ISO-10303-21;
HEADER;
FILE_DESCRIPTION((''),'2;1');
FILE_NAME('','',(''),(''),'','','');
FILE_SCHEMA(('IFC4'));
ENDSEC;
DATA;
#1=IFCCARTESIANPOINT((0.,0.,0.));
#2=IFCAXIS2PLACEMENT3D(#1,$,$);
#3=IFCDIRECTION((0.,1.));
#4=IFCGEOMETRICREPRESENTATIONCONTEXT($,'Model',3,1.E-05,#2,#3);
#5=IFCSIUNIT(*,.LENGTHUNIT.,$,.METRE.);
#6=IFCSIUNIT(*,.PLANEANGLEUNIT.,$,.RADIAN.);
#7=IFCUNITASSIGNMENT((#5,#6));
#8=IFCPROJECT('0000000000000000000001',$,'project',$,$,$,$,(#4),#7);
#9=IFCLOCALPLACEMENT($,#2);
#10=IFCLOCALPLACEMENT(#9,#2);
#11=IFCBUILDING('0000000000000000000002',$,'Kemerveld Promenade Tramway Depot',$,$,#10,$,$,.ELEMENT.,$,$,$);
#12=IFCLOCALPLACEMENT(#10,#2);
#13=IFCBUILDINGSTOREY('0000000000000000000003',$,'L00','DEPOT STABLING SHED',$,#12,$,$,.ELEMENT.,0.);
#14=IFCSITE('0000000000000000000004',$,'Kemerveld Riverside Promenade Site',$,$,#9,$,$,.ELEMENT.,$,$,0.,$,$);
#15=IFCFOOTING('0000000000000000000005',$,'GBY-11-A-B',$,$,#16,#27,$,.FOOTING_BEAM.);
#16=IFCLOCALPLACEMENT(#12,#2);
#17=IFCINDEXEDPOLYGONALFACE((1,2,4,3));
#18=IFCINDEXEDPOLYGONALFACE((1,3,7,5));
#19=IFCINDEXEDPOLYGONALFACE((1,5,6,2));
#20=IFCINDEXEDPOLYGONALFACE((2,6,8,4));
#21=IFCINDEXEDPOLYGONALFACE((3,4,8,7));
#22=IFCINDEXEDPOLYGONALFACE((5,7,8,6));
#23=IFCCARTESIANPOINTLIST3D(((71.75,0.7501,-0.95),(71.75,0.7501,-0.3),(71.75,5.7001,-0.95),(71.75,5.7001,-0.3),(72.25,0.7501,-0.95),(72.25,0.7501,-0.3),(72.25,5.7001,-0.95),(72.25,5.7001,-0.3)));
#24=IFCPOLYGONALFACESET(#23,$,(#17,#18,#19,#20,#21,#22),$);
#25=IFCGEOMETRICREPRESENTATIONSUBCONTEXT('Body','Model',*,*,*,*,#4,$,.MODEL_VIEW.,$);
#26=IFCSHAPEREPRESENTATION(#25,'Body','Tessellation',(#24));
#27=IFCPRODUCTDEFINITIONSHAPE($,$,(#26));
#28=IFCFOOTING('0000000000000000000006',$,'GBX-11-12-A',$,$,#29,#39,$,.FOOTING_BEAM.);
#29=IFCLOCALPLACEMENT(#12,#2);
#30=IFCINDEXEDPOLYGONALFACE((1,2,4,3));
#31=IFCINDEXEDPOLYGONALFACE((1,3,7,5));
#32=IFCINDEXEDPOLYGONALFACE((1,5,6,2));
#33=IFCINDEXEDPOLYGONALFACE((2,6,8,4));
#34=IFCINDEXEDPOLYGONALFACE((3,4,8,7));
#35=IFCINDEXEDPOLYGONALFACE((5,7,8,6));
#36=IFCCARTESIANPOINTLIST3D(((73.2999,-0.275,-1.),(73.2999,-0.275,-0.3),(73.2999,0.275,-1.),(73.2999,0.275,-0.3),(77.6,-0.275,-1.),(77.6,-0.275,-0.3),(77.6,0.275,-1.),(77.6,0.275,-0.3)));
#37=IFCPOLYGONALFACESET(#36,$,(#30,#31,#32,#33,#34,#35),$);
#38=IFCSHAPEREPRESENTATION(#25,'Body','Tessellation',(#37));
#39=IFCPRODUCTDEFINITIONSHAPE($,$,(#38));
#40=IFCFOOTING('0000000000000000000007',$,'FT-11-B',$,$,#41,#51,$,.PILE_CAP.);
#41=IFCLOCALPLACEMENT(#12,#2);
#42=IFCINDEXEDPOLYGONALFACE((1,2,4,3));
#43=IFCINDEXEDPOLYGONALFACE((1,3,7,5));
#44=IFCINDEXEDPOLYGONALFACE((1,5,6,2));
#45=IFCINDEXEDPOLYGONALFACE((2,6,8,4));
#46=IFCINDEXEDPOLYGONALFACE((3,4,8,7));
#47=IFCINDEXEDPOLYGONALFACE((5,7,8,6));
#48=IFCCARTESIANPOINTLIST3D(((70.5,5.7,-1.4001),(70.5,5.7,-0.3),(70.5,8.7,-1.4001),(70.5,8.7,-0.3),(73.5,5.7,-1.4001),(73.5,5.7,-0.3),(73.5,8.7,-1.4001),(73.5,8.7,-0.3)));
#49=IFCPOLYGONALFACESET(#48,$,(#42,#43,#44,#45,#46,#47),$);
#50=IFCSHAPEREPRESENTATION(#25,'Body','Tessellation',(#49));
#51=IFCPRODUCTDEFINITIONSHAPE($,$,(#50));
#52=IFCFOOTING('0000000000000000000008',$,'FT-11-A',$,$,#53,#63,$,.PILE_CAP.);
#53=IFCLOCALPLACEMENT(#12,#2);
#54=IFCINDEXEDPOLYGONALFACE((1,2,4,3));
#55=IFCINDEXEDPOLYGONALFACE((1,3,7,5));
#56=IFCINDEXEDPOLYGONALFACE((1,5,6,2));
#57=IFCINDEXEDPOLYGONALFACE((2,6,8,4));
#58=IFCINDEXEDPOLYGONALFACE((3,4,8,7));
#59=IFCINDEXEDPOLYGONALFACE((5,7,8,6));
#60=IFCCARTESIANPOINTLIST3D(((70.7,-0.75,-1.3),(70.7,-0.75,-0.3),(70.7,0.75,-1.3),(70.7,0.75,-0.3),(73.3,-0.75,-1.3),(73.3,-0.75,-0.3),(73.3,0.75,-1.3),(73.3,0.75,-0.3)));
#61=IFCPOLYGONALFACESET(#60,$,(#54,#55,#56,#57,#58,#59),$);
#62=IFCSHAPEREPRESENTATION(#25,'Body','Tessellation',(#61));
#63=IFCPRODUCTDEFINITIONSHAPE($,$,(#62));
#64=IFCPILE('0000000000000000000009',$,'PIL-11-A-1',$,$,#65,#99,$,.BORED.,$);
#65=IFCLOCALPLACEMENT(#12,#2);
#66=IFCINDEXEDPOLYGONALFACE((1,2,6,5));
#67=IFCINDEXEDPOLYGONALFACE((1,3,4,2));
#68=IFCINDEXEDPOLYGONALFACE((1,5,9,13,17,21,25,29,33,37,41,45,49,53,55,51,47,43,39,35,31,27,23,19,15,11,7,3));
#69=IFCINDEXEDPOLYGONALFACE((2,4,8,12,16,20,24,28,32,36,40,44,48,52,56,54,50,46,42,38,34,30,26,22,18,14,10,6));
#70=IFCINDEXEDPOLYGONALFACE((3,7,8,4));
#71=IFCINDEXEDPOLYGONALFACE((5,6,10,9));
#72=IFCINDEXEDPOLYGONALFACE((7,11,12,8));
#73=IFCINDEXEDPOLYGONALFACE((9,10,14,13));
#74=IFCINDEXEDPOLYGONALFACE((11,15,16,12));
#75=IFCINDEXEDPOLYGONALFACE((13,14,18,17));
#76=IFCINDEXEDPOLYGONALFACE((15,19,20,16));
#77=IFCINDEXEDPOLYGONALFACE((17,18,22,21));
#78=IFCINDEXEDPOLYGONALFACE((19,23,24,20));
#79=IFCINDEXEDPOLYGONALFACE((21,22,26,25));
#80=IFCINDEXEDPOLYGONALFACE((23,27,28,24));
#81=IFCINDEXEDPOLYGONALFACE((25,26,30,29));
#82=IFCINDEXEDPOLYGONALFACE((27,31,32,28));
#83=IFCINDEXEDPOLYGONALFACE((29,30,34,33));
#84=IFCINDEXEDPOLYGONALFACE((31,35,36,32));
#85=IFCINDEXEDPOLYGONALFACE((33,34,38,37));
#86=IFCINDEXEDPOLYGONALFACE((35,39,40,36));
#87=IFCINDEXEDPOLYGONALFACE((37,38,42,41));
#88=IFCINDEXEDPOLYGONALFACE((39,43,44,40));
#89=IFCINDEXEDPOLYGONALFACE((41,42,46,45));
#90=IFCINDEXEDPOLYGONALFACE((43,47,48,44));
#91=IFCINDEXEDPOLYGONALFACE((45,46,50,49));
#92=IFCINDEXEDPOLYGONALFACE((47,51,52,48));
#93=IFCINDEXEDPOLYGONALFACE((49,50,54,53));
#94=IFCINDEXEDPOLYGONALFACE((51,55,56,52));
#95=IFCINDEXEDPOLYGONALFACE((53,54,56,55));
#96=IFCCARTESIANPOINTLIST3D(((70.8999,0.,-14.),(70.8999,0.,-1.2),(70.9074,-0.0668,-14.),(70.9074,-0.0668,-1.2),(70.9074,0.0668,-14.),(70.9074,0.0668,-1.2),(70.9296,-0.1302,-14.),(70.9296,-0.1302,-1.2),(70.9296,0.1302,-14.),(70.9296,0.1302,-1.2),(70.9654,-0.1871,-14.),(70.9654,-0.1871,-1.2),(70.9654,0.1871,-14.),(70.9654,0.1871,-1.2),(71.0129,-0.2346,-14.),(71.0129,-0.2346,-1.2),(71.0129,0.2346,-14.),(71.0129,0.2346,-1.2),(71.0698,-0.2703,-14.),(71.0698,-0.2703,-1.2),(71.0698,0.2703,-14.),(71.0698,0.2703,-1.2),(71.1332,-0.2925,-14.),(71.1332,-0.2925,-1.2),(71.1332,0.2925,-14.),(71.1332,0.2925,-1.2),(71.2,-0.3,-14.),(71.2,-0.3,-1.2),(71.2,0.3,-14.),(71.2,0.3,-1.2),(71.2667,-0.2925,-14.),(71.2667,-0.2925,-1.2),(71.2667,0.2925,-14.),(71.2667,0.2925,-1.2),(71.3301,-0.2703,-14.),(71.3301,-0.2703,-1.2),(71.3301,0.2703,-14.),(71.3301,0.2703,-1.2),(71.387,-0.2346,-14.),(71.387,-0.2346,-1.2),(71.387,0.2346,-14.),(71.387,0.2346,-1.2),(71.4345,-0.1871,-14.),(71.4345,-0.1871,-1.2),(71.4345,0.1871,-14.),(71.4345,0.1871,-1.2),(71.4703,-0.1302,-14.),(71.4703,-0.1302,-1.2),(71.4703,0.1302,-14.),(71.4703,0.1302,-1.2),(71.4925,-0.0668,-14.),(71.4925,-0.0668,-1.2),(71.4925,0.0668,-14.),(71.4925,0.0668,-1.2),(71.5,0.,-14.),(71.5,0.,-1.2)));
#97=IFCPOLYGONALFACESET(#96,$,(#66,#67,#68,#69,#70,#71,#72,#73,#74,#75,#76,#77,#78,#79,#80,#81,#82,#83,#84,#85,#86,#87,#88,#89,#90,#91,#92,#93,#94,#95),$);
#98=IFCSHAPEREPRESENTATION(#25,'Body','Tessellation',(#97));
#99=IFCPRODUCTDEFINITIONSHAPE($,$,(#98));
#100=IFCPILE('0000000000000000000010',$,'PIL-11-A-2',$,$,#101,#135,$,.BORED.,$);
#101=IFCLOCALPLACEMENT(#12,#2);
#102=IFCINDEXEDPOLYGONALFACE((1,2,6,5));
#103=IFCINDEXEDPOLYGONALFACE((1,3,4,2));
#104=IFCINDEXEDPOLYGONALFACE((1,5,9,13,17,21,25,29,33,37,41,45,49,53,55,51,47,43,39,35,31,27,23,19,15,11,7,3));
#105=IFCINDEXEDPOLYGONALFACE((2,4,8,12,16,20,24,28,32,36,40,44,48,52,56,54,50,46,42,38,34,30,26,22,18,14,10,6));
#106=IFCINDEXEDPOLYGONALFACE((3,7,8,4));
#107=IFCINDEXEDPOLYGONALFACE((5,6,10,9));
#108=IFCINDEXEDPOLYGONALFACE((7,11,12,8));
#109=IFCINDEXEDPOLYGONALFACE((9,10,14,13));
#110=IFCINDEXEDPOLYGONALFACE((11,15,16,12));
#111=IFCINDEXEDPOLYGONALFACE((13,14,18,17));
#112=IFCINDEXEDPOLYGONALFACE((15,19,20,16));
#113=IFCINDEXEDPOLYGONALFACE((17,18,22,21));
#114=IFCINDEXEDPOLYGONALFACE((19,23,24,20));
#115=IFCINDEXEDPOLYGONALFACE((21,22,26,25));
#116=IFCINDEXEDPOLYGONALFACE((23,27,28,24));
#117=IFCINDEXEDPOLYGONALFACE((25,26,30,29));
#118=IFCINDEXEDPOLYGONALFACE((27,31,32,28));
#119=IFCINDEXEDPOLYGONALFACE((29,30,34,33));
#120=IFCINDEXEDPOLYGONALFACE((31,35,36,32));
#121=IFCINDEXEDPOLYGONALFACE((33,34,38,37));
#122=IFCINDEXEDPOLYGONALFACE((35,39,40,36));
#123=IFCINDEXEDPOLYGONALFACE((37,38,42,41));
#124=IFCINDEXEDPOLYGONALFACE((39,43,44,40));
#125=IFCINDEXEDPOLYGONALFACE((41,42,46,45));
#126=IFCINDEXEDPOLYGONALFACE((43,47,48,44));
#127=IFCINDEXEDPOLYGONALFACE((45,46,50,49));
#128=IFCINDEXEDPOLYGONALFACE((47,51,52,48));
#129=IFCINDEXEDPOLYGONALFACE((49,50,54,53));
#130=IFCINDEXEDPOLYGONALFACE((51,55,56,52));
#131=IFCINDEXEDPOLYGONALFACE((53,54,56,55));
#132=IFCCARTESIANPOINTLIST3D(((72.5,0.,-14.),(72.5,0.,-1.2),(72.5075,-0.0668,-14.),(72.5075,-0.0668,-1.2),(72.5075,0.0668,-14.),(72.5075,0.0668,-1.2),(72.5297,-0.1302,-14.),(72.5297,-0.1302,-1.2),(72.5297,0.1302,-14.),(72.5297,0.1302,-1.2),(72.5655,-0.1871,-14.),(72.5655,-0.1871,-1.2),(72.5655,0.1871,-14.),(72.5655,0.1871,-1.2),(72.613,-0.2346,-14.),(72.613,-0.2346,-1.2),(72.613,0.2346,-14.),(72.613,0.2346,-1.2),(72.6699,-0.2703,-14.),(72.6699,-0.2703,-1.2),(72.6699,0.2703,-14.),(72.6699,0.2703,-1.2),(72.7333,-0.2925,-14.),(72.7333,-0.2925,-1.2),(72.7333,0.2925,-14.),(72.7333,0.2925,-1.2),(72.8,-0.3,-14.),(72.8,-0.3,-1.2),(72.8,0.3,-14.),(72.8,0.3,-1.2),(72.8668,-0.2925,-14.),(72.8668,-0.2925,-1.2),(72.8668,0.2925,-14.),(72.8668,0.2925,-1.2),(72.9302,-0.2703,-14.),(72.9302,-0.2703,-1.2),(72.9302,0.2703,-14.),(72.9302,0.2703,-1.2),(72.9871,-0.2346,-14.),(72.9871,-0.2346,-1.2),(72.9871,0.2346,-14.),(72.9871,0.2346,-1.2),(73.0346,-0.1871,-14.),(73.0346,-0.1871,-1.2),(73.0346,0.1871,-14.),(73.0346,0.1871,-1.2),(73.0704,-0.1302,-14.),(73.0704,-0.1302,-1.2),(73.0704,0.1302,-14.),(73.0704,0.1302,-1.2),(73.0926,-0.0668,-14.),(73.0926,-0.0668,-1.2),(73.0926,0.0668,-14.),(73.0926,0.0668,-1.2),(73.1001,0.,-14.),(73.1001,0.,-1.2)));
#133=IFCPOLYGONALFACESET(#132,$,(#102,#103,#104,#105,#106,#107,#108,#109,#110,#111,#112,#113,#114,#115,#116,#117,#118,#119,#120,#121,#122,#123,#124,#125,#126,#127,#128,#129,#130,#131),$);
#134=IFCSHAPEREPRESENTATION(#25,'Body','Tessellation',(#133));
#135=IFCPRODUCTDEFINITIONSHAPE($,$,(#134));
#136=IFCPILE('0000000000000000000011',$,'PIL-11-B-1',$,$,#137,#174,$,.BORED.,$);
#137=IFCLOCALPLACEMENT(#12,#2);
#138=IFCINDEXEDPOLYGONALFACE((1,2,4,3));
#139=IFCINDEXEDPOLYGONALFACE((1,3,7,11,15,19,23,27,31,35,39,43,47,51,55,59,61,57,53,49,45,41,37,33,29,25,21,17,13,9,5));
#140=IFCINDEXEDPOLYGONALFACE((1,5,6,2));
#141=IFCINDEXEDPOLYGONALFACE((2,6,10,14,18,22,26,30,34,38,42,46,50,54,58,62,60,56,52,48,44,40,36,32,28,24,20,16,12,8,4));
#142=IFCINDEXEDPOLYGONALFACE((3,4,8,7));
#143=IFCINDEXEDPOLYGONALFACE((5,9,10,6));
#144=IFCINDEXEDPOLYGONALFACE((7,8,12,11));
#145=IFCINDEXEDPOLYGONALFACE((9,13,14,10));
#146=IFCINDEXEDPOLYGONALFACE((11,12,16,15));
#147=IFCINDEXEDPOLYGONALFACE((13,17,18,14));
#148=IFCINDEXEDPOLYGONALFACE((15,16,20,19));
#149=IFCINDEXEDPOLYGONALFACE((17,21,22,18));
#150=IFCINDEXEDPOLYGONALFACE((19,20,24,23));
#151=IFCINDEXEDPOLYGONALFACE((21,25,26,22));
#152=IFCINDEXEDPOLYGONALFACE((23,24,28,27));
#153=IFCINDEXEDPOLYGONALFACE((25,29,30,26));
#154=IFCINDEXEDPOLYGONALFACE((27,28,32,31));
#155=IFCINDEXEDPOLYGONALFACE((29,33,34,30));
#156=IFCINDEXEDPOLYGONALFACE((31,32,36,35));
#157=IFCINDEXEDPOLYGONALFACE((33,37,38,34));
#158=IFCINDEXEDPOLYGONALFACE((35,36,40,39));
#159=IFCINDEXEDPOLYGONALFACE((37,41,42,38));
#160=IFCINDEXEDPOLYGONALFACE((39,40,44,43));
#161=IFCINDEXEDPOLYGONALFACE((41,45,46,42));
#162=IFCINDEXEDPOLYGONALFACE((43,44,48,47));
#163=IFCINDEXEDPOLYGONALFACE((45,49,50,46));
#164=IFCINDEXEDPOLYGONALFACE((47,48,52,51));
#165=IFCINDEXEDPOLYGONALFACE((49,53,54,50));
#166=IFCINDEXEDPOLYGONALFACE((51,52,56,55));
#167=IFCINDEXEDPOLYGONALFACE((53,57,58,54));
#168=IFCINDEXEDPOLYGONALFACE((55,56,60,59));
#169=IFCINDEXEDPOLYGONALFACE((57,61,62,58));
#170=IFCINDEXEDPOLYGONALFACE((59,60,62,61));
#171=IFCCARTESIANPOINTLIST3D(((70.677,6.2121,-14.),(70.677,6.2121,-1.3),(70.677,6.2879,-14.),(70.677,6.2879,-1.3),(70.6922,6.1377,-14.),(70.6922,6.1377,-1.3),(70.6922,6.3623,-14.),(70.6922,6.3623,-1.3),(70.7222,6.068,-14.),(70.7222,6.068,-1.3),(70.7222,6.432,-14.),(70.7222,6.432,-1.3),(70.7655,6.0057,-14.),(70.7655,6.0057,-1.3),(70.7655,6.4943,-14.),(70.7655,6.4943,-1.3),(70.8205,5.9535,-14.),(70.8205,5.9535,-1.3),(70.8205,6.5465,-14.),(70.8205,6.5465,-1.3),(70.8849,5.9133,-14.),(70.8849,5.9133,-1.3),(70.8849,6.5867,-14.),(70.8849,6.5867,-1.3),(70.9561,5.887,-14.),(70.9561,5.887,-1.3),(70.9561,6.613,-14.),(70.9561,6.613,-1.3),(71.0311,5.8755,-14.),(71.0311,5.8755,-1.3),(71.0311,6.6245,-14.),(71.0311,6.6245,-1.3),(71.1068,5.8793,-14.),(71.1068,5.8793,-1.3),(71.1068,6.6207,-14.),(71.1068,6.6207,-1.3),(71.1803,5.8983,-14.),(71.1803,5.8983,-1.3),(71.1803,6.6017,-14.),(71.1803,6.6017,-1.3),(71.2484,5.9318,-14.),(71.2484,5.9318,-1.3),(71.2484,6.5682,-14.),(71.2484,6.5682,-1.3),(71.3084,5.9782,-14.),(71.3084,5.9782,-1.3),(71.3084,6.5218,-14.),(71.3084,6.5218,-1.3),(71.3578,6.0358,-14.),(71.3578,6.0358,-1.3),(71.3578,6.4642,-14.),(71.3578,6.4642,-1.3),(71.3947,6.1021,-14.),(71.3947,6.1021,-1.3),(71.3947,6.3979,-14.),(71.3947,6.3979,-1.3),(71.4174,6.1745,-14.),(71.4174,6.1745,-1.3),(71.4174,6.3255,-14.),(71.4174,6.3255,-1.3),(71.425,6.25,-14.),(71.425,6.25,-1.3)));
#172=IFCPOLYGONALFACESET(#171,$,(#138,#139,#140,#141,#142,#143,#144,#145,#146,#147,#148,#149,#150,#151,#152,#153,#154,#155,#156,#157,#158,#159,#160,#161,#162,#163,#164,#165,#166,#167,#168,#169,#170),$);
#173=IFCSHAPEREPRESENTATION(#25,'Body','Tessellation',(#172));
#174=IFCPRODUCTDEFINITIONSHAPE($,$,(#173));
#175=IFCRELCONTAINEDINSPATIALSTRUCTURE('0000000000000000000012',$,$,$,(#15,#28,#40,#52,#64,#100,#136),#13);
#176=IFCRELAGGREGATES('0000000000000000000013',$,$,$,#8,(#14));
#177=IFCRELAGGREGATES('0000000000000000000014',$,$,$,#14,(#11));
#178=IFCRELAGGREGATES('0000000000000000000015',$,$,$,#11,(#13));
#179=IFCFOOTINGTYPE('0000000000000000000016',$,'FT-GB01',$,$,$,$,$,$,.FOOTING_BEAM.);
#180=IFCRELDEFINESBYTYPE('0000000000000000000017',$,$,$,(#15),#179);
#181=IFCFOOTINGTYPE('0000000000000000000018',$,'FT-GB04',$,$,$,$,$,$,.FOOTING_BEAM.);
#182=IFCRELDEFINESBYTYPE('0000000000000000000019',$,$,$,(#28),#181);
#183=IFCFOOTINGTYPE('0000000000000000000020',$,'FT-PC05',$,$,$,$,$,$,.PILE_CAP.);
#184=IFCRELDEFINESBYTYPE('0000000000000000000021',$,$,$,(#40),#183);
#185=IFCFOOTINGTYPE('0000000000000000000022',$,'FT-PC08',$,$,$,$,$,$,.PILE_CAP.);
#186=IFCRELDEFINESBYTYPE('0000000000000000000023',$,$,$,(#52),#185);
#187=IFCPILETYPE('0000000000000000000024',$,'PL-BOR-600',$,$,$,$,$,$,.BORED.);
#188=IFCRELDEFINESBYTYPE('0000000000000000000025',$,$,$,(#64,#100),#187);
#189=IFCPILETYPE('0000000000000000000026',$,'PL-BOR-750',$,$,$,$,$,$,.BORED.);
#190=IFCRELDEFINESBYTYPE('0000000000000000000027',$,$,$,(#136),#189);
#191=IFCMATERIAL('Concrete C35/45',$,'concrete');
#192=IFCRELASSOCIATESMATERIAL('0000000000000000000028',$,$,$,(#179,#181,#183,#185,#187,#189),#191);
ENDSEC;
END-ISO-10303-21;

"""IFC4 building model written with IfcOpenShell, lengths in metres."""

from ifc_helpers import new_model, si_unit, direction, frame, origin, origin_2d, place, context, subcontext, project, spatial, rectangle, circle, extrude, material, material_profile, profile_set, type_object, element, save


model = new_model("IFC4")

# Units and contexts
model_context = context("Model", 3, precision=1e-05, world=origin(), true_north=direction((0.0, 1.0)))
body_context = subcontext(model_context, "Body", "Model", "MODEL_VIEW")
ifc_project = project(units=[si_unit("LENGTHUNIT", "METRE"), si_unit("PLANEANGLEUNIT", "RADIAN")], contexts=[model_context])

# Site, building, storey
site_placement = place(None, origin())
site = spatial("IfcSite", under=ifc_project, at=site_placement, Name="Kemerveld Riverside Promenade Site", CompositionType="ELEMENT", RefElevation=0.0)
building_placement = place(site_placement, origin())
building = spatial("IfcBuilding", under=site, at=building_placement, Name="Kemerveld Promenade Tramway Depot", CompositionType="ELEMENT")
storey_placement = place(building_placement, origin())
storey = spatial("IfcBuildingStorey", under=building, at=storey_placement, Name="L00", Description="DEPOT STABLING SHED", CompositionType="ELEMENT", Elevation=0.0)

# Footings
ifc_material_1 = material(Name="Concrete C35/45", Category="concrete")
footing_type_1 = type_object("IfcFootingType", Name="FT-GB01", PredefinedType="FOOTING_BEAM", material=ifc_material_1)
footing_1_placement = place(storey_placement, frame((72.0, 3.2251, -0.95), z_axis=(0.0, 0.0, 1.0), x_axis=(0.0, 1.0, 0.0)))
element("IfcFooting", 1, at=footing_1_placement, inside=storey, type_object=footing_type_1, Name="GBY-11-A-B", PredefinedType="FOOTING_BEAM", context=body_context, shape_type="SweptSolid", body=[
    extrude(rectangle(XDim=4.95, YDim=0.5, at=origin_2d()), origin(), (0.0, 0.0, 1.0), 0.6499),
])
footing_type_2 = type_object("IfcFootingType", Name="FT-GB04", PredefinedType="FOOTING_BEAM", material=ifc_material_1)
footing_2_placement = place(storey_placement, frame((75.45, 0.0, -1.0), z_axis=(0.0, 0.0, 1.0), x_axis=(1.0, 0.0, 0.0)))
element("IfcFooting", 2, at=footing_2_placement, inside=storey, type_object=footing_type_2, Name="GBX-11-12-A", PredefinedType="FOOTING_BEAM", context=body_context, shape_type="SweptSolid", body=[
    extrude(rectangle(XDim=4.3, YDim=0.55, at=origin_2d()), origin(), (0.0, 0.0, 1.0), 0.7),
])
footing_type_3 = type_object("IfcFootingType", Name="FT-PC05", PredefinedType="PILE_CAP", material=ifc_material_1)
footing_3_placement = place(storey_placement, frame((72.0, 7.2, -1.4001), z_axis=(0.0, 0.0, 1.0), x_axis=(1.0, 0.0, 0.0)))
element("IfcFooting", 3, at=footing_3_placement, inside=storey, type_object=footing_type_3, Name="FT-11-B", PredefinedType="PILE_CAP", context=body_context, shape_type="SweptSolid", body=[
    extrude(rectangle(XDim=3.0, YDim=3.0, at=origin_2d()), origin(), (0.0, 0.0, 1.0), 1.1001),
])
footing_type_4 = type_object("IfcFootingType", Name="FT-PC08", PredefinedType="PILE_CAP", material=ifc_material_1)
footing_4_placement = place(storey_placement, frame((72.0, 0.0, -1.3), z_axis=(0.0, 0.0, 1.0), x_axis=(1.0, 0.0, 0.0)))
element("IfcFooting", 4, at=footing_4_placement, inside=storey, type_object=footing_type_4, Name="FT-11-A", PredefinedType="PILE_CAP", context=body_context, shape_type="SweptSolid", body=[
    extrude(rectangle(XDim=2.6001, YDim=1.5, at=origin_2d()), origin(), (0.0, 0.0, 1.0), 1.0),
])

# Piles
ifc_material_profile_1 = material_profile(ifc_material_1, circle(Radius=0.3, at=origin_2d()), Name="PILE-D600")
ifc_profile_set_1 = profile_set([ifc_material_profile_1], Name="Concrete C35/45")
pile_type_1 = type_object("IfcPileType", Name="PL-BOR-600", PredefinedType="BORED", material=ifc_profile_set_1)
for number, where, z_axis, x_axis, name in (
    (5, (71.2, 0.0, -1.2), (0.0, 0.0, -1.0), (1.0, 0.0, 0.0), "PIL-11-A-1"),
    (6, (72.8, 0.0, -1.2), (0.0, 0.0, -1.0), (1.0, 0.0, 0.0), "PIL-11-A-2"),
):
    element("IfcPile", number, at=place(storey_placement, frame(where, z_axis=z_axis, x_axis=x_axis)), inside=storey, type_object=pile_type_1, Name=name, PredefinedType="BORED", context=body_context, shape_type="SweptSolid", body=[
        extrude(circle(Radius=0.3, at=origin_2d()), origin(), (0.0, 0.0, 1.0), 12.8),
    ])
ifc_material_profile_2 = material_profile(ifc_material_1, circle(Radius=0.375, at=origin_2d()), Name="PILE-D750")
ifc_profile_set_2 = profile_set([ifc_material_profile_2], Name="Concrete C35/45")
pile_type_2 = type_object("IfcPileType", Name="PL-BOR-750", PredefinedType="BORED", material=ifc_profile_set_2)
for number, where, z_axis, x_axis, name in (
    (7, (71.05, 6.25, -1.3), (0.0, 0.0, -1.0), (1.0, 0.0, 0.0), "PIL-11-B-1"),
):
    element("IfcPile", number, at=place(storey_placement, frame(where, z_axis=z_axis, x_axis=x_axis)), inside=storey, type_object=pile_type_2, Name=name, PredefinedType="BORED", context=body_context, shape_type="SweptSolid", body=[
        extrude(circle(Radius=0.375, at=origin_2d()), origin(), (0.0, 0.0, 1.0), 12.7),
    ])

save(model, "model.ifc")
